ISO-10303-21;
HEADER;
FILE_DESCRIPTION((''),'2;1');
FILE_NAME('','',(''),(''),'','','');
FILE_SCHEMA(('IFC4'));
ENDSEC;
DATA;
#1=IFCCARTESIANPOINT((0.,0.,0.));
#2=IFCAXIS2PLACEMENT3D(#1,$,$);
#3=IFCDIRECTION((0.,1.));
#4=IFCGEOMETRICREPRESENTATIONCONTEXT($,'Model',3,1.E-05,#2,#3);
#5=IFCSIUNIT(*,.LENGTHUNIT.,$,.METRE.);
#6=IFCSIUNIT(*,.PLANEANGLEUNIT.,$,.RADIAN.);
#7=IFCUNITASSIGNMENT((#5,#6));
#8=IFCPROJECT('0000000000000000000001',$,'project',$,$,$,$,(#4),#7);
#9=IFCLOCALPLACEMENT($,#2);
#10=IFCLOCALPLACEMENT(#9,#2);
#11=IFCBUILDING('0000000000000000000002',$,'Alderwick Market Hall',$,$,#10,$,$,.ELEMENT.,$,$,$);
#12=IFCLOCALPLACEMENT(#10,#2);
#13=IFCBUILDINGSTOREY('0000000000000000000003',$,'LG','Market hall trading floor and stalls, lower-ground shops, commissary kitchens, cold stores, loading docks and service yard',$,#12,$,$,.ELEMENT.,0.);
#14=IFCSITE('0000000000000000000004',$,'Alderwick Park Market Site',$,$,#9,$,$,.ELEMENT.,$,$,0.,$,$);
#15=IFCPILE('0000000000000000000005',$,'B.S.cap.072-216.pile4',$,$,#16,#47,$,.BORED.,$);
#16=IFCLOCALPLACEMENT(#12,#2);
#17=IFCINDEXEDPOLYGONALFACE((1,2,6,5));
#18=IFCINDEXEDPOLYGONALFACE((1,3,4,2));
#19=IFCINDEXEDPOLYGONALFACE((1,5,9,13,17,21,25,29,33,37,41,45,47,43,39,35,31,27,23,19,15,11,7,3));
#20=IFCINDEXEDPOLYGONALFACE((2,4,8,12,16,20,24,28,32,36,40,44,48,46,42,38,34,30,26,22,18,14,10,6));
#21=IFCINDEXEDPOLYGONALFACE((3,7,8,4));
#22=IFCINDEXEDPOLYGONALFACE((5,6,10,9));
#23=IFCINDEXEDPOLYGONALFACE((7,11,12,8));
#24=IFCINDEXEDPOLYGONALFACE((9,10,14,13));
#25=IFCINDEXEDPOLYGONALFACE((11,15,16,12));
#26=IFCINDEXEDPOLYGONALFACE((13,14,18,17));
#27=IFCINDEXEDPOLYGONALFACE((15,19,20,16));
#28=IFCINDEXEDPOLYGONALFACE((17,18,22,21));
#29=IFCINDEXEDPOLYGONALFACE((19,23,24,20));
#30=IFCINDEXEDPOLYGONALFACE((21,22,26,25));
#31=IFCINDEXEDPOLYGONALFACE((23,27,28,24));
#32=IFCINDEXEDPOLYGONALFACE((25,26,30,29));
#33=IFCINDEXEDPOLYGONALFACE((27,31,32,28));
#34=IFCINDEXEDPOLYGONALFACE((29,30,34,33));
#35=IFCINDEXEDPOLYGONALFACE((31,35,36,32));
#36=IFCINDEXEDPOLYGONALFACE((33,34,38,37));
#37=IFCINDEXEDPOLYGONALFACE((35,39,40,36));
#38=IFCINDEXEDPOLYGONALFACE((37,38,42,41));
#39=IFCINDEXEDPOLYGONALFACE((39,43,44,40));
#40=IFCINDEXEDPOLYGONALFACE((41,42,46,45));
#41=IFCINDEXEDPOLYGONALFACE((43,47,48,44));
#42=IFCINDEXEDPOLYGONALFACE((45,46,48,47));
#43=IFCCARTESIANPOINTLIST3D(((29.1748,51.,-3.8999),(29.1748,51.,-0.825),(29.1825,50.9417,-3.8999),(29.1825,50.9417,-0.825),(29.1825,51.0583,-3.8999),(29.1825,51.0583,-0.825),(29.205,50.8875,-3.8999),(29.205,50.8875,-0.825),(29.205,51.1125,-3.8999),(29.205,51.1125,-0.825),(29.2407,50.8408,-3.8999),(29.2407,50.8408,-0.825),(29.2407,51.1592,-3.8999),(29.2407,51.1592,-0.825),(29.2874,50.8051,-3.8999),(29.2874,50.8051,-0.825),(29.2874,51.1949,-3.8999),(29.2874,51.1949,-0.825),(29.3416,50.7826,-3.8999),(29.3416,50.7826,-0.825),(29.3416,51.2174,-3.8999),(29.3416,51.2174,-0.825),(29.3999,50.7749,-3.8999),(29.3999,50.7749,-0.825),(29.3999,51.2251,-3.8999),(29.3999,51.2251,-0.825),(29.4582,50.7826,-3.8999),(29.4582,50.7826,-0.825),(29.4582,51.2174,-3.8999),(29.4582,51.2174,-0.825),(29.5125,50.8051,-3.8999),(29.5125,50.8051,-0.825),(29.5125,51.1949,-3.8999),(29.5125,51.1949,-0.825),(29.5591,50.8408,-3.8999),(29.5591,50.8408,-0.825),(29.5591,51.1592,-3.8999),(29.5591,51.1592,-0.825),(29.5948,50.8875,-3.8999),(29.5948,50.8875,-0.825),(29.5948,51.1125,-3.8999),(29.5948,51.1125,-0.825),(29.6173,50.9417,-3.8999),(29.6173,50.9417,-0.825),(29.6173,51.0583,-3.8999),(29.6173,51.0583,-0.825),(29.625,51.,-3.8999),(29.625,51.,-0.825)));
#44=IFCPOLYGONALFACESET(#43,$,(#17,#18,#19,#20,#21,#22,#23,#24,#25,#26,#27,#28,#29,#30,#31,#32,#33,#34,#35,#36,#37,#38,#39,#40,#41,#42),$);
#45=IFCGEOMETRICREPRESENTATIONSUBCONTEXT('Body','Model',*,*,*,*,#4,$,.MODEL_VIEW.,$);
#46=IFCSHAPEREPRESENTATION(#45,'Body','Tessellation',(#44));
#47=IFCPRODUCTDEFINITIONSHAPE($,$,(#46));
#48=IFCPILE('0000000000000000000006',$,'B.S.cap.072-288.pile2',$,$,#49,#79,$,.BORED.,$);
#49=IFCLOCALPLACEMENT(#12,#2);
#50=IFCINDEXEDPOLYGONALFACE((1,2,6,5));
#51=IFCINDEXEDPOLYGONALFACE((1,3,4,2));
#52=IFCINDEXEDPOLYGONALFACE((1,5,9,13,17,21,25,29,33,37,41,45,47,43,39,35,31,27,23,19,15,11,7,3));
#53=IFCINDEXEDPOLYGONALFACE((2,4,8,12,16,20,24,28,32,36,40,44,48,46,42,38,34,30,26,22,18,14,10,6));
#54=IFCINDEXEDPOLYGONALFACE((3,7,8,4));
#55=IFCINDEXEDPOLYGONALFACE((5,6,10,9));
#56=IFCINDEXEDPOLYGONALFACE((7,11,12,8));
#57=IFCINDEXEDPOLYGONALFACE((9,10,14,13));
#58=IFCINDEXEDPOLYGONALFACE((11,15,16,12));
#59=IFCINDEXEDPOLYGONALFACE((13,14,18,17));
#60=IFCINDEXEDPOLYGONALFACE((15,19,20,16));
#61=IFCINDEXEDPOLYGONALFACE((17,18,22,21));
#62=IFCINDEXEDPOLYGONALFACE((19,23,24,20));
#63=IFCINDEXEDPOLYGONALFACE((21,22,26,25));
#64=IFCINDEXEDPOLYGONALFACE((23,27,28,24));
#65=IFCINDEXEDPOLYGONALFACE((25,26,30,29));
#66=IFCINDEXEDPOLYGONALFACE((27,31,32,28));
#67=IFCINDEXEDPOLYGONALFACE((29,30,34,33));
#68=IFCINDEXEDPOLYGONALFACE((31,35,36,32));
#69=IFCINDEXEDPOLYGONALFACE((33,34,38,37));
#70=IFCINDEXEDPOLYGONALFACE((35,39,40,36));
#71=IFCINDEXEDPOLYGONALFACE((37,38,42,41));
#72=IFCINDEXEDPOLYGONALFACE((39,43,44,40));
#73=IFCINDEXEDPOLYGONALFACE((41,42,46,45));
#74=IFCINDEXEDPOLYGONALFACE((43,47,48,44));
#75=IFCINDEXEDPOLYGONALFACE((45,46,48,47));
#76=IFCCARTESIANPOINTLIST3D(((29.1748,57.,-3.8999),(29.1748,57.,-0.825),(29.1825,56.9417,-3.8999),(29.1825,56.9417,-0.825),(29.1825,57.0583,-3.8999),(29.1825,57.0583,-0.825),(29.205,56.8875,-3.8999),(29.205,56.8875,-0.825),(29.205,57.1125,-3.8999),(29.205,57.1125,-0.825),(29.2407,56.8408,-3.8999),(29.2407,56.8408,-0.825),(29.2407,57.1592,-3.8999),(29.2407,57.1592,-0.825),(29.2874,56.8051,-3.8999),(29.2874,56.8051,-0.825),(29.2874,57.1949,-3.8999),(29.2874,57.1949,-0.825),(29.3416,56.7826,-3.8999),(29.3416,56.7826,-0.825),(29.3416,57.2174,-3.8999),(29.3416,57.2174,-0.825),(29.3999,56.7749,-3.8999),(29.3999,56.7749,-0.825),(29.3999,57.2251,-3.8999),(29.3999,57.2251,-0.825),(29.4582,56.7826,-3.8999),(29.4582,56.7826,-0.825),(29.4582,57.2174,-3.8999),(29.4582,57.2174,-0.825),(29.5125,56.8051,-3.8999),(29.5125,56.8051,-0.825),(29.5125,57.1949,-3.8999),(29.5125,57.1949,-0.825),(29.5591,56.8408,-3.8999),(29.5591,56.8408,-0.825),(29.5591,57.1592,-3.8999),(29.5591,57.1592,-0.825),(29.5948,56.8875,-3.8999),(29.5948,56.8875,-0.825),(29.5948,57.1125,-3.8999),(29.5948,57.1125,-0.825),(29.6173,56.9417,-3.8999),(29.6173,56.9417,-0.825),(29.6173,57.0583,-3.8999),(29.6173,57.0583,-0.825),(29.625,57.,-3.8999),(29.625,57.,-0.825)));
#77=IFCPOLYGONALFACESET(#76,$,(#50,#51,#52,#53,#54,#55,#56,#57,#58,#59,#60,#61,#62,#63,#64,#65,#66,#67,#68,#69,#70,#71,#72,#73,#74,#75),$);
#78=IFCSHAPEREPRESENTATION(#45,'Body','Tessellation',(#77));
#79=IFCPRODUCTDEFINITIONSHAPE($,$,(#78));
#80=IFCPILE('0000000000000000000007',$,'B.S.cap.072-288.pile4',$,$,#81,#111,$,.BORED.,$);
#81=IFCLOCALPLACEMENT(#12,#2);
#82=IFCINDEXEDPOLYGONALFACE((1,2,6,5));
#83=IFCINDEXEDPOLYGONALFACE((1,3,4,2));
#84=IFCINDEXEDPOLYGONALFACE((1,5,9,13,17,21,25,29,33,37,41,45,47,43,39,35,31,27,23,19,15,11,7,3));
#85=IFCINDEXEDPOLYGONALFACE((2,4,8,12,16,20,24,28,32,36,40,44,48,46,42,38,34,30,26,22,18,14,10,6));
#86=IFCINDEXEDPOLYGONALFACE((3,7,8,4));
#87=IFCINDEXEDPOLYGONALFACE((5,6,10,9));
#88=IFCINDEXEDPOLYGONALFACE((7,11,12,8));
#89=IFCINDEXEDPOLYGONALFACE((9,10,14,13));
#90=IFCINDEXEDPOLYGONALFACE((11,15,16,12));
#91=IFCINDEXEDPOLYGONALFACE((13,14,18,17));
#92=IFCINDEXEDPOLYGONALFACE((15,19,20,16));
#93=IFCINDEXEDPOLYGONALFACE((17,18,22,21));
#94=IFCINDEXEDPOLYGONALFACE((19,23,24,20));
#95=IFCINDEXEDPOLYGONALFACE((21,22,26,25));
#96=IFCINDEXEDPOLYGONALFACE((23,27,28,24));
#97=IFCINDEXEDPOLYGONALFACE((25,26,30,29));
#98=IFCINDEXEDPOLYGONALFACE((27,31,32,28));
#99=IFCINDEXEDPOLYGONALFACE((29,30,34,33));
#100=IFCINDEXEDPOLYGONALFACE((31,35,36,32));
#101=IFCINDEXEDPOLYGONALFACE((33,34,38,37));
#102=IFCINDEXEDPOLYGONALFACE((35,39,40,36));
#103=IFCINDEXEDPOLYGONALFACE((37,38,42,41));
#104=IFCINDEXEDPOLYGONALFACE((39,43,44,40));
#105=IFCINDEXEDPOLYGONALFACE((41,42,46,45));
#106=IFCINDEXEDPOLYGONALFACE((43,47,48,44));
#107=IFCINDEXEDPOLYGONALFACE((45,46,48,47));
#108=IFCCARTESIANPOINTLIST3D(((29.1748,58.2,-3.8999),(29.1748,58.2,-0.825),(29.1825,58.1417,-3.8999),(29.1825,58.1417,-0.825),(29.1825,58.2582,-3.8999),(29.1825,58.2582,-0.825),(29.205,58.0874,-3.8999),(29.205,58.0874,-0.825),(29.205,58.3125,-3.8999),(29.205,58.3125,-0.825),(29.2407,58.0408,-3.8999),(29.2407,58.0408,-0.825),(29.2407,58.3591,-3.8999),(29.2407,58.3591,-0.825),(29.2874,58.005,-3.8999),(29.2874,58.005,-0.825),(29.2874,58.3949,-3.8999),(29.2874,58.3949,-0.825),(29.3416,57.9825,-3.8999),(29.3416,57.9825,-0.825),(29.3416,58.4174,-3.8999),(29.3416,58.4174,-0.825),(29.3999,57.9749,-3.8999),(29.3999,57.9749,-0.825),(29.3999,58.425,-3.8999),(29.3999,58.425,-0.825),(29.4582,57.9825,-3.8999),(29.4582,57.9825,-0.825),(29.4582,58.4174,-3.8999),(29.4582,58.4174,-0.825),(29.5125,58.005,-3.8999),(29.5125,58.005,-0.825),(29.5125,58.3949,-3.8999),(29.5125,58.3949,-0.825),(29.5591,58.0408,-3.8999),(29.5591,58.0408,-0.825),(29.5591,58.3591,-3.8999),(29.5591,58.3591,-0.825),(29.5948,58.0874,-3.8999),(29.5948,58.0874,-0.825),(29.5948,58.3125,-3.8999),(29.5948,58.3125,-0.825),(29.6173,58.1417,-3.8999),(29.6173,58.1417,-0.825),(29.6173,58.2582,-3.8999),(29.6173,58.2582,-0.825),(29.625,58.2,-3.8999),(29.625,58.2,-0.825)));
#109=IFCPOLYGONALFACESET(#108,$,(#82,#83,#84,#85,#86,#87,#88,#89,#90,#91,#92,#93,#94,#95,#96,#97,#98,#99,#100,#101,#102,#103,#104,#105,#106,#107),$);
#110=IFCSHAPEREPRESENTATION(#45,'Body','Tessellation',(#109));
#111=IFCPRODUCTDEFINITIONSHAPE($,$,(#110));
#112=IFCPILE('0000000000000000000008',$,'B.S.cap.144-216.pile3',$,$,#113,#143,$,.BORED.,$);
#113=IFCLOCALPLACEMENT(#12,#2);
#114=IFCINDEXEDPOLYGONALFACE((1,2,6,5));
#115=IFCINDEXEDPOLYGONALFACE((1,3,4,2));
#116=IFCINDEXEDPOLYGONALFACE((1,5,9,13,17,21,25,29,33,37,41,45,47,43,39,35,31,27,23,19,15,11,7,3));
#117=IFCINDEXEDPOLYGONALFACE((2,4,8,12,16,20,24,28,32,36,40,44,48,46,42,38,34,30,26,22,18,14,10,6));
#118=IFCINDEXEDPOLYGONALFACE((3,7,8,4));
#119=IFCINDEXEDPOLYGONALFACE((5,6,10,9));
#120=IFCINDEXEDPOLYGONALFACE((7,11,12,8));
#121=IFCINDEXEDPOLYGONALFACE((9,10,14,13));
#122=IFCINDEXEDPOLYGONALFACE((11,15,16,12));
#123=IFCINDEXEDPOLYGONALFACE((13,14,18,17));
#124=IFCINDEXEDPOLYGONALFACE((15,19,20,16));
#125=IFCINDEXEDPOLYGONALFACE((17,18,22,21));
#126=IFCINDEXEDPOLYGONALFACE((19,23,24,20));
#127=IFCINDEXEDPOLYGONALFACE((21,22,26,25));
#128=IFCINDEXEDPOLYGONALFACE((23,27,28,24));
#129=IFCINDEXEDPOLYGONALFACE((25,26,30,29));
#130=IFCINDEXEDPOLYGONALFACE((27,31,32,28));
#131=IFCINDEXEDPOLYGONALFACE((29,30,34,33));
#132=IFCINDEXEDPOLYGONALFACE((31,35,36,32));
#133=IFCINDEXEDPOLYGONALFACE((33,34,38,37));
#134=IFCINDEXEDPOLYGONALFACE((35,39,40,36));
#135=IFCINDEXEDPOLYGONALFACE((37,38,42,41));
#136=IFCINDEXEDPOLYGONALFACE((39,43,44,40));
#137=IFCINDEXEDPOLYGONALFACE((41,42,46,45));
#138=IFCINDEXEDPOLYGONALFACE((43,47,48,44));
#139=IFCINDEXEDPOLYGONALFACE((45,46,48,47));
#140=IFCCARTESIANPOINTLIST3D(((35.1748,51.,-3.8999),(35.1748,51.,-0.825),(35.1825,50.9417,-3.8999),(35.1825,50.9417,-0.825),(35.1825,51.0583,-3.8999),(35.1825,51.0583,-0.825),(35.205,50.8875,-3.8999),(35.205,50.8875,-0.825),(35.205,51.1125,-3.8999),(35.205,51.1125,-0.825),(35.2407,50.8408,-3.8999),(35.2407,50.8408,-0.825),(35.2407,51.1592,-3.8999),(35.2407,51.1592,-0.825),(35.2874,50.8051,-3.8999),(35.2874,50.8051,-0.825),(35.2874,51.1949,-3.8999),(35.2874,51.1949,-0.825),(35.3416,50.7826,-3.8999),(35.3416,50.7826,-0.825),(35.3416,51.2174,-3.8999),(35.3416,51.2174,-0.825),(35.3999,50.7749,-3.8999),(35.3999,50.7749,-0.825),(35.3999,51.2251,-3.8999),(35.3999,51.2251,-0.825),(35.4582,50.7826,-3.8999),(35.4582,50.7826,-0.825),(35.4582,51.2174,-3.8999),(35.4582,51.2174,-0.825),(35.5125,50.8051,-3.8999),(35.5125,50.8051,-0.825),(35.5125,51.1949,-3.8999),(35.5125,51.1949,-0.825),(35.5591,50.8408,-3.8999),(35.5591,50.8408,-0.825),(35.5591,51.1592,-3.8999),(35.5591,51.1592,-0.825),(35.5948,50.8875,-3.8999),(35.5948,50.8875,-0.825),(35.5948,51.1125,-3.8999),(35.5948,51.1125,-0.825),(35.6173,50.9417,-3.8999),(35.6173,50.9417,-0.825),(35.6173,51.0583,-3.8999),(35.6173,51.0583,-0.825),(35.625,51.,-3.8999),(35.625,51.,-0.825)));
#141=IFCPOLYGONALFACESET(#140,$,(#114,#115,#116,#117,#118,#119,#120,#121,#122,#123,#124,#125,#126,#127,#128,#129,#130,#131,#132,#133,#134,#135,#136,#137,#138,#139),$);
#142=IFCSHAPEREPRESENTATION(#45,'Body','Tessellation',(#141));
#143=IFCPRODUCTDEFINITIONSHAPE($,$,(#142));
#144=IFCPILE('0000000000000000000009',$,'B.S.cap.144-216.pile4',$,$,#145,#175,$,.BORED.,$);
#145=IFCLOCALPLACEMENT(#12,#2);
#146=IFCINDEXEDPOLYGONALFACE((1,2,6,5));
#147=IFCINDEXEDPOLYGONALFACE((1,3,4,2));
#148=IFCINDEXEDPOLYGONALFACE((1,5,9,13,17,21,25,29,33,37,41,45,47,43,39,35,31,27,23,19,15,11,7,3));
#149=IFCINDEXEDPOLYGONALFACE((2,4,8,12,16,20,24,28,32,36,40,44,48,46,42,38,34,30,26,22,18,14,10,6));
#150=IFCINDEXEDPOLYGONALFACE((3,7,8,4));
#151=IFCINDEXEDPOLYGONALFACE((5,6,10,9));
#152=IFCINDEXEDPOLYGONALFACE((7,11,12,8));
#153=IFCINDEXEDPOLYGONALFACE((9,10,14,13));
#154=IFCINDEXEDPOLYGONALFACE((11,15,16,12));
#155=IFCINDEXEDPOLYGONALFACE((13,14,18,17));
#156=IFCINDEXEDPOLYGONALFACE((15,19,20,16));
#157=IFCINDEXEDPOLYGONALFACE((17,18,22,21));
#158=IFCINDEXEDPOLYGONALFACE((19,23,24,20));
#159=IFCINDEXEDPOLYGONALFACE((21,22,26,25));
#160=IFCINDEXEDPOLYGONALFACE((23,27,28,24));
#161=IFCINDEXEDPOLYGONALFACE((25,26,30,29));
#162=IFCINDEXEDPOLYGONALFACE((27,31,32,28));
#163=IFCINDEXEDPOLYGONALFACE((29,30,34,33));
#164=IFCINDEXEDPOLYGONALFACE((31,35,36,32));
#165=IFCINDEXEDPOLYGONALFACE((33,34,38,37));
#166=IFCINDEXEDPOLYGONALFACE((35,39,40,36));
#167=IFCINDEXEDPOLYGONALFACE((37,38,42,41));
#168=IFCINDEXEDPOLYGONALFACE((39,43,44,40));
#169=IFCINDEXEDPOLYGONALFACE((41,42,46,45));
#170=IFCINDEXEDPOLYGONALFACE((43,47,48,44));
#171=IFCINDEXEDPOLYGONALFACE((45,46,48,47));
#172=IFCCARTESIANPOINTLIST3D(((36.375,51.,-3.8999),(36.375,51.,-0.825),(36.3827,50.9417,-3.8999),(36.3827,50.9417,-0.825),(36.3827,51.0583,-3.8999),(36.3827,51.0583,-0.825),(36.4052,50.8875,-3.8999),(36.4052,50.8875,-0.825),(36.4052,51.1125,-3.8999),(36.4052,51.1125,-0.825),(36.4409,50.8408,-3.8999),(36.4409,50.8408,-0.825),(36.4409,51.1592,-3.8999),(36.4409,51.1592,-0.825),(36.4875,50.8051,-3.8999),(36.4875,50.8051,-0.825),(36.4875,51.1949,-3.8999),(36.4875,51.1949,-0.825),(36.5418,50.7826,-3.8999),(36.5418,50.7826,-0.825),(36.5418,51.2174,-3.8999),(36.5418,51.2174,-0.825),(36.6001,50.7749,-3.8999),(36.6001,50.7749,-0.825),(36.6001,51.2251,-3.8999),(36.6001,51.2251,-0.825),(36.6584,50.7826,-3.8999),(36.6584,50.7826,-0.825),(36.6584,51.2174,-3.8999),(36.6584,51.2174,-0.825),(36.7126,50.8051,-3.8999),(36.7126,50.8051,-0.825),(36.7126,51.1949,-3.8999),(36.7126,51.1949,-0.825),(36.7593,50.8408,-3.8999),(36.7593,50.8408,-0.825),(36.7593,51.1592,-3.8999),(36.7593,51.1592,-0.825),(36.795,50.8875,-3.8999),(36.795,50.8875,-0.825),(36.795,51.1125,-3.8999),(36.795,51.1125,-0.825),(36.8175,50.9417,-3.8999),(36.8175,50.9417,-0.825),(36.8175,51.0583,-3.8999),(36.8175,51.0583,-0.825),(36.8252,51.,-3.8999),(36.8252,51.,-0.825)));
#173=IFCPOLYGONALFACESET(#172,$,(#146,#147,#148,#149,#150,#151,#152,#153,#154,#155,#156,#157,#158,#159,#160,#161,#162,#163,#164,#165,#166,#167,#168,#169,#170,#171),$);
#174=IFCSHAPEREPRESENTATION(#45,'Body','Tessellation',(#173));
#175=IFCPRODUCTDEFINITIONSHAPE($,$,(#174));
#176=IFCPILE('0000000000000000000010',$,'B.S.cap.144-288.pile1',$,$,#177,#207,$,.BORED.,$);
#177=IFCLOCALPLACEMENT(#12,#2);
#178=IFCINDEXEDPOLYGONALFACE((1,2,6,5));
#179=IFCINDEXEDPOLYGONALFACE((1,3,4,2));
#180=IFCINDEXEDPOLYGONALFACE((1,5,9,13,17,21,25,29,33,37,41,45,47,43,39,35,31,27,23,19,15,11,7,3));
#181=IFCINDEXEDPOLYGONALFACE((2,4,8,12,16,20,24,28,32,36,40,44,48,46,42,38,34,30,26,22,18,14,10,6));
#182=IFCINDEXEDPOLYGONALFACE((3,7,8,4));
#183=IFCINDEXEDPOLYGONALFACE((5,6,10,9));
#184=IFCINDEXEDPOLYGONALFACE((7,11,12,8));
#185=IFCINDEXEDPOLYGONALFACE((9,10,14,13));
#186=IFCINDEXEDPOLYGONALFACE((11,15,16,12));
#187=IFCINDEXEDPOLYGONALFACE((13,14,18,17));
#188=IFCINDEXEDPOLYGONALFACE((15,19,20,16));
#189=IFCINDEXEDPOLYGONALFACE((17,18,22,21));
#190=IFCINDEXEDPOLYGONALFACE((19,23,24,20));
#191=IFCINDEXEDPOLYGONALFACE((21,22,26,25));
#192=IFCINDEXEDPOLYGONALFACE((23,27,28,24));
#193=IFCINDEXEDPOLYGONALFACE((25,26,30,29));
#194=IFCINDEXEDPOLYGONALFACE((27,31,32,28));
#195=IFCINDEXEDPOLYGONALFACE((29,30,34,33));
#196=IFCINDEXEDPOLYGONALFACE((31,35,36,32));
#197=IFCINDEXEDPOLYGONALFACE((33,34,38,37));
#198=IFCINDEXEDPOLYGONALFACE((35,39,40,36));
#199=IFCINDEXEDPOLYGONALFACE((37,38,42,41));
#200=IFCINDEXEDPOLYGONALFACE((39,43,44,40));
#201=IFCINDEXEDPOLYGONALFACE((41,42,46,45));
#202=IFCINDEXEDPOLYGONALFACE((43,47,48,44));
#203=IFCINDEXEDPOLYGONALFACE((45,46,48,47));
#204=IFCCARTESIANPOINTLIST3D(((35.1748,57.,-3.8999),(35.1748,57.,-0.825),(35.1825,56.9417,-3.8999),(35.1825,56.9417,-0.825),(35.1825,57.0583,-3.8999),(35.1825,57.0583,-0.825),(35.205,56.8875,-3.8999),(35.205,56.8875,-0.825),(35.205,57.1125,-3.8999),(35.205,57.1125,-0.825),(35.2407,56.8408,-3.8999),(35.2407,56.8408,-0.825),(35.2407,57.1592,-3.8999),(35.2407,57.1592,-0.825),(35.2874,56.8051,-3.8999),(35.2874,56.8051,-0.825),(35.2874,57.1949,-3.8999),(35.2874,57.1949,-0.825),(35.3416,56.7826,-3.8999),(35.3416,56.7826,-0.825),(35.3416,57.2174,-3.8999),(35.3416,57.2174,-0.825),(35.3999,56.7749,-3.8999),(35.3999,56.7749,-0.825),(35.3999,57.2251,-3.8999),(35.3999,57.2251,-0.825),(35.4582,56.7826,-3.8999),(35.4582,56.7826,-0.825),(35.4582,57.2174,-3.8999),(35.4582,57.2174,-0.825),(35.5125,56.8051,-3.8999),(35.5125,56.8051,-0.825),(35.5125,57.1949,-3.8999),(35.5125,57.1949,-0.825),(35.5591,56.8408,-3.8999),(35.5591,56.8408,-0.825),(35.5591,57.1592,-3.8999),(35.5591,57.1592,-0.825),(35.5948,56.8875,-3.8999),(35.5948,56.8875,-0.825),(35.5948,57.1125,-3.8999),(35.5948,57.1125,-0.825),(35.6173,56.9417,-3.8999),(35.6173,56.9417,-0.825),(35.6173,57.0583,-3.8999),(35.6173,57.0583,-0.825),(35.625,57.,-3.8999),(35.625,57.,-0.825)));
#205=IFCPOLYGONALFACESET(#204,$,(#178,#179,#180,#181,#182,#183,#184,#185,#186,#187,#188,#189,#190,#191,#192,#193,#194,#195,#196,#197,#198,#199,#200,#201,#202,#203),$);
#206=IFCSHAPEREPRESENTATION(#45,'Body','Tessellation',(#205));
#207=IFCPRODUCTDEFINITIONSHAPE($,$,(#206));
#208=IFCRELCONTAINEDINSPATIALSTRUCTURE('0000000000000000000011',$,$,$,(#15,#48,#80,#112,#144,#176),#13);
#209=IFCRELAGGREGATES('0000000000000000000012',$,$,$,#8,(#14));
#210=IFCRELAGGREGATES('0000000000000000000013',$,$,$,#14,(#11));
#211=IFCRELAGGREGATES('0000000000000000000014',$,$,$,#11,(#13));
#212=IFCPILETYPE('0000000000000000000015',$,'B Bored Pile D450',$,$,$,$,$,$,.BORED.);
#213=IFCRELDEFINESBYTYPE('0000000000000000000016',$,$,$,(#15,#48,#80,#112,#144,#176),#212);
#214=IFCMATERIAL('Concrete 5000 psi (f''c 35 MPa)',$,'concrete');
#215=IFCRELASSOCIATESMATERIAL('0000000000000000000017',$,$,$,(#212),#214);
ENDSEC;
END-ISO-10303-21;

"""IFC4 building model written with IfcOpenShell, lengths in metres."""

from ifc_helpers import new_model, si_unit, direction, frame, origin, origin_2d, place, context, subcontext, project, spatial, circle, extrude, material, material_profile, profile_set, type_object, element, save


model = new_model("IFC4")

# Units and contexts
model_context = context("Model", 3, precision=1e-05, world=origin(), true_north=direction((0.0, 1.0)))
body_context = subcontext(model_context, "Body", "Model", "MODEL_VIEW")
ifc_project = project(units=[si_unit("LENGTHUNIT", "METRE"), si_unit("PLANEANGLEUNIT", "RADIAN")], contexts=[model_context])

# Site, building, storey
site_placement = place(None, origin())
site = spatial("IfcSite", under=ifc_project, at=site_placement, Name="Alderwick Park Market Site", CompositionType="ELEMENT", RefElevation=0.0)
building_placement = place(site_placement, origin())
building = spatial("IfcBuilding", under=site, at=building_placement, Name="Alderwick Market Hall", CompositionType="ELEMENT")
storey_placement = place(building_placement, origin())
storey = spatial("IfcBuildingStorey", under=building, at=storey_placement, Name="LG", Description="Market hall trading floor and stalls, lower-ground shops, commissary kitchens, cold stores, loading docks and service yard", CompositionType="ELEMENT", Elevation=0.0)

# Piles
ifc_material_1 = material(Name="Concrete 5000 psi (f'c 35 MPa)", Category="concrete")
ifc_material_profile_1 = material_profile(ifc_material_1, circle(Radius=0.2251, at=origin_2d()), Name="B Bored Pile D450")
ifc_profile_set_1 = profile_set([ifc_material_profile_1], Name="Concrete 5000 psi (f'c 35 MPa)")
pile_type = type_object("IfcPileType", Name="B Bored Pile D450", PredefinedType="BORED", material=ifc_profile_set_1)
for number, where, z_axis, x_axis, name in (
    (1, (29.3999, 51.0, -0.825), (0.0, 0.0, -1.0), (1.0, 0.0, 0.0), "B.S.cap.072-216.pile4"),
    (2, (29.3999, 57.0, -0.825), (0.0, 0.0, -1.0), (1.0, 0.0, 0.0), "B.S.cap.072-288.pile2"),
    (3, (29.3999, 58.2, -0.825), (0.0, 0.0, -1.0), (1.0, 0.0, 0.0), "B.S.cap.072-288.pile4"),
    (4, (35.3999, 51.0, -0.825), (0.0, 0.0, -1.0), (1.0, 0.0, 0.0), "B.S.cap.144-216.pile3"),
    (5, (36.6001, 51.0, -0.825), (0.0, 0.0, -1.0), (1.0, 0.0, 0.0), "B.S.cap.144-216.pile4"),
    (6, (35.3999, 57.0, -0.825), (0.0, 0.0, -1.0), (1.0, 0.0, 0.0), "B.S.cap.144-288.pile1"),
):
    element("IfcPile", number, at=place(storey_placement, frame(where, z_axis=z_axis, x_axis=x_axis)), inside=storey, type_object=pile_type, Name=name, PredefinedType="BORED", context=body_context, shape_type="SweptSolid", body=[
        extrude(circle(Radius=0.2251, at=origin_2d()), origin(), (0.0, 0.0, 1.0), 3.075),
    ])

save(model, "model.ifc")
